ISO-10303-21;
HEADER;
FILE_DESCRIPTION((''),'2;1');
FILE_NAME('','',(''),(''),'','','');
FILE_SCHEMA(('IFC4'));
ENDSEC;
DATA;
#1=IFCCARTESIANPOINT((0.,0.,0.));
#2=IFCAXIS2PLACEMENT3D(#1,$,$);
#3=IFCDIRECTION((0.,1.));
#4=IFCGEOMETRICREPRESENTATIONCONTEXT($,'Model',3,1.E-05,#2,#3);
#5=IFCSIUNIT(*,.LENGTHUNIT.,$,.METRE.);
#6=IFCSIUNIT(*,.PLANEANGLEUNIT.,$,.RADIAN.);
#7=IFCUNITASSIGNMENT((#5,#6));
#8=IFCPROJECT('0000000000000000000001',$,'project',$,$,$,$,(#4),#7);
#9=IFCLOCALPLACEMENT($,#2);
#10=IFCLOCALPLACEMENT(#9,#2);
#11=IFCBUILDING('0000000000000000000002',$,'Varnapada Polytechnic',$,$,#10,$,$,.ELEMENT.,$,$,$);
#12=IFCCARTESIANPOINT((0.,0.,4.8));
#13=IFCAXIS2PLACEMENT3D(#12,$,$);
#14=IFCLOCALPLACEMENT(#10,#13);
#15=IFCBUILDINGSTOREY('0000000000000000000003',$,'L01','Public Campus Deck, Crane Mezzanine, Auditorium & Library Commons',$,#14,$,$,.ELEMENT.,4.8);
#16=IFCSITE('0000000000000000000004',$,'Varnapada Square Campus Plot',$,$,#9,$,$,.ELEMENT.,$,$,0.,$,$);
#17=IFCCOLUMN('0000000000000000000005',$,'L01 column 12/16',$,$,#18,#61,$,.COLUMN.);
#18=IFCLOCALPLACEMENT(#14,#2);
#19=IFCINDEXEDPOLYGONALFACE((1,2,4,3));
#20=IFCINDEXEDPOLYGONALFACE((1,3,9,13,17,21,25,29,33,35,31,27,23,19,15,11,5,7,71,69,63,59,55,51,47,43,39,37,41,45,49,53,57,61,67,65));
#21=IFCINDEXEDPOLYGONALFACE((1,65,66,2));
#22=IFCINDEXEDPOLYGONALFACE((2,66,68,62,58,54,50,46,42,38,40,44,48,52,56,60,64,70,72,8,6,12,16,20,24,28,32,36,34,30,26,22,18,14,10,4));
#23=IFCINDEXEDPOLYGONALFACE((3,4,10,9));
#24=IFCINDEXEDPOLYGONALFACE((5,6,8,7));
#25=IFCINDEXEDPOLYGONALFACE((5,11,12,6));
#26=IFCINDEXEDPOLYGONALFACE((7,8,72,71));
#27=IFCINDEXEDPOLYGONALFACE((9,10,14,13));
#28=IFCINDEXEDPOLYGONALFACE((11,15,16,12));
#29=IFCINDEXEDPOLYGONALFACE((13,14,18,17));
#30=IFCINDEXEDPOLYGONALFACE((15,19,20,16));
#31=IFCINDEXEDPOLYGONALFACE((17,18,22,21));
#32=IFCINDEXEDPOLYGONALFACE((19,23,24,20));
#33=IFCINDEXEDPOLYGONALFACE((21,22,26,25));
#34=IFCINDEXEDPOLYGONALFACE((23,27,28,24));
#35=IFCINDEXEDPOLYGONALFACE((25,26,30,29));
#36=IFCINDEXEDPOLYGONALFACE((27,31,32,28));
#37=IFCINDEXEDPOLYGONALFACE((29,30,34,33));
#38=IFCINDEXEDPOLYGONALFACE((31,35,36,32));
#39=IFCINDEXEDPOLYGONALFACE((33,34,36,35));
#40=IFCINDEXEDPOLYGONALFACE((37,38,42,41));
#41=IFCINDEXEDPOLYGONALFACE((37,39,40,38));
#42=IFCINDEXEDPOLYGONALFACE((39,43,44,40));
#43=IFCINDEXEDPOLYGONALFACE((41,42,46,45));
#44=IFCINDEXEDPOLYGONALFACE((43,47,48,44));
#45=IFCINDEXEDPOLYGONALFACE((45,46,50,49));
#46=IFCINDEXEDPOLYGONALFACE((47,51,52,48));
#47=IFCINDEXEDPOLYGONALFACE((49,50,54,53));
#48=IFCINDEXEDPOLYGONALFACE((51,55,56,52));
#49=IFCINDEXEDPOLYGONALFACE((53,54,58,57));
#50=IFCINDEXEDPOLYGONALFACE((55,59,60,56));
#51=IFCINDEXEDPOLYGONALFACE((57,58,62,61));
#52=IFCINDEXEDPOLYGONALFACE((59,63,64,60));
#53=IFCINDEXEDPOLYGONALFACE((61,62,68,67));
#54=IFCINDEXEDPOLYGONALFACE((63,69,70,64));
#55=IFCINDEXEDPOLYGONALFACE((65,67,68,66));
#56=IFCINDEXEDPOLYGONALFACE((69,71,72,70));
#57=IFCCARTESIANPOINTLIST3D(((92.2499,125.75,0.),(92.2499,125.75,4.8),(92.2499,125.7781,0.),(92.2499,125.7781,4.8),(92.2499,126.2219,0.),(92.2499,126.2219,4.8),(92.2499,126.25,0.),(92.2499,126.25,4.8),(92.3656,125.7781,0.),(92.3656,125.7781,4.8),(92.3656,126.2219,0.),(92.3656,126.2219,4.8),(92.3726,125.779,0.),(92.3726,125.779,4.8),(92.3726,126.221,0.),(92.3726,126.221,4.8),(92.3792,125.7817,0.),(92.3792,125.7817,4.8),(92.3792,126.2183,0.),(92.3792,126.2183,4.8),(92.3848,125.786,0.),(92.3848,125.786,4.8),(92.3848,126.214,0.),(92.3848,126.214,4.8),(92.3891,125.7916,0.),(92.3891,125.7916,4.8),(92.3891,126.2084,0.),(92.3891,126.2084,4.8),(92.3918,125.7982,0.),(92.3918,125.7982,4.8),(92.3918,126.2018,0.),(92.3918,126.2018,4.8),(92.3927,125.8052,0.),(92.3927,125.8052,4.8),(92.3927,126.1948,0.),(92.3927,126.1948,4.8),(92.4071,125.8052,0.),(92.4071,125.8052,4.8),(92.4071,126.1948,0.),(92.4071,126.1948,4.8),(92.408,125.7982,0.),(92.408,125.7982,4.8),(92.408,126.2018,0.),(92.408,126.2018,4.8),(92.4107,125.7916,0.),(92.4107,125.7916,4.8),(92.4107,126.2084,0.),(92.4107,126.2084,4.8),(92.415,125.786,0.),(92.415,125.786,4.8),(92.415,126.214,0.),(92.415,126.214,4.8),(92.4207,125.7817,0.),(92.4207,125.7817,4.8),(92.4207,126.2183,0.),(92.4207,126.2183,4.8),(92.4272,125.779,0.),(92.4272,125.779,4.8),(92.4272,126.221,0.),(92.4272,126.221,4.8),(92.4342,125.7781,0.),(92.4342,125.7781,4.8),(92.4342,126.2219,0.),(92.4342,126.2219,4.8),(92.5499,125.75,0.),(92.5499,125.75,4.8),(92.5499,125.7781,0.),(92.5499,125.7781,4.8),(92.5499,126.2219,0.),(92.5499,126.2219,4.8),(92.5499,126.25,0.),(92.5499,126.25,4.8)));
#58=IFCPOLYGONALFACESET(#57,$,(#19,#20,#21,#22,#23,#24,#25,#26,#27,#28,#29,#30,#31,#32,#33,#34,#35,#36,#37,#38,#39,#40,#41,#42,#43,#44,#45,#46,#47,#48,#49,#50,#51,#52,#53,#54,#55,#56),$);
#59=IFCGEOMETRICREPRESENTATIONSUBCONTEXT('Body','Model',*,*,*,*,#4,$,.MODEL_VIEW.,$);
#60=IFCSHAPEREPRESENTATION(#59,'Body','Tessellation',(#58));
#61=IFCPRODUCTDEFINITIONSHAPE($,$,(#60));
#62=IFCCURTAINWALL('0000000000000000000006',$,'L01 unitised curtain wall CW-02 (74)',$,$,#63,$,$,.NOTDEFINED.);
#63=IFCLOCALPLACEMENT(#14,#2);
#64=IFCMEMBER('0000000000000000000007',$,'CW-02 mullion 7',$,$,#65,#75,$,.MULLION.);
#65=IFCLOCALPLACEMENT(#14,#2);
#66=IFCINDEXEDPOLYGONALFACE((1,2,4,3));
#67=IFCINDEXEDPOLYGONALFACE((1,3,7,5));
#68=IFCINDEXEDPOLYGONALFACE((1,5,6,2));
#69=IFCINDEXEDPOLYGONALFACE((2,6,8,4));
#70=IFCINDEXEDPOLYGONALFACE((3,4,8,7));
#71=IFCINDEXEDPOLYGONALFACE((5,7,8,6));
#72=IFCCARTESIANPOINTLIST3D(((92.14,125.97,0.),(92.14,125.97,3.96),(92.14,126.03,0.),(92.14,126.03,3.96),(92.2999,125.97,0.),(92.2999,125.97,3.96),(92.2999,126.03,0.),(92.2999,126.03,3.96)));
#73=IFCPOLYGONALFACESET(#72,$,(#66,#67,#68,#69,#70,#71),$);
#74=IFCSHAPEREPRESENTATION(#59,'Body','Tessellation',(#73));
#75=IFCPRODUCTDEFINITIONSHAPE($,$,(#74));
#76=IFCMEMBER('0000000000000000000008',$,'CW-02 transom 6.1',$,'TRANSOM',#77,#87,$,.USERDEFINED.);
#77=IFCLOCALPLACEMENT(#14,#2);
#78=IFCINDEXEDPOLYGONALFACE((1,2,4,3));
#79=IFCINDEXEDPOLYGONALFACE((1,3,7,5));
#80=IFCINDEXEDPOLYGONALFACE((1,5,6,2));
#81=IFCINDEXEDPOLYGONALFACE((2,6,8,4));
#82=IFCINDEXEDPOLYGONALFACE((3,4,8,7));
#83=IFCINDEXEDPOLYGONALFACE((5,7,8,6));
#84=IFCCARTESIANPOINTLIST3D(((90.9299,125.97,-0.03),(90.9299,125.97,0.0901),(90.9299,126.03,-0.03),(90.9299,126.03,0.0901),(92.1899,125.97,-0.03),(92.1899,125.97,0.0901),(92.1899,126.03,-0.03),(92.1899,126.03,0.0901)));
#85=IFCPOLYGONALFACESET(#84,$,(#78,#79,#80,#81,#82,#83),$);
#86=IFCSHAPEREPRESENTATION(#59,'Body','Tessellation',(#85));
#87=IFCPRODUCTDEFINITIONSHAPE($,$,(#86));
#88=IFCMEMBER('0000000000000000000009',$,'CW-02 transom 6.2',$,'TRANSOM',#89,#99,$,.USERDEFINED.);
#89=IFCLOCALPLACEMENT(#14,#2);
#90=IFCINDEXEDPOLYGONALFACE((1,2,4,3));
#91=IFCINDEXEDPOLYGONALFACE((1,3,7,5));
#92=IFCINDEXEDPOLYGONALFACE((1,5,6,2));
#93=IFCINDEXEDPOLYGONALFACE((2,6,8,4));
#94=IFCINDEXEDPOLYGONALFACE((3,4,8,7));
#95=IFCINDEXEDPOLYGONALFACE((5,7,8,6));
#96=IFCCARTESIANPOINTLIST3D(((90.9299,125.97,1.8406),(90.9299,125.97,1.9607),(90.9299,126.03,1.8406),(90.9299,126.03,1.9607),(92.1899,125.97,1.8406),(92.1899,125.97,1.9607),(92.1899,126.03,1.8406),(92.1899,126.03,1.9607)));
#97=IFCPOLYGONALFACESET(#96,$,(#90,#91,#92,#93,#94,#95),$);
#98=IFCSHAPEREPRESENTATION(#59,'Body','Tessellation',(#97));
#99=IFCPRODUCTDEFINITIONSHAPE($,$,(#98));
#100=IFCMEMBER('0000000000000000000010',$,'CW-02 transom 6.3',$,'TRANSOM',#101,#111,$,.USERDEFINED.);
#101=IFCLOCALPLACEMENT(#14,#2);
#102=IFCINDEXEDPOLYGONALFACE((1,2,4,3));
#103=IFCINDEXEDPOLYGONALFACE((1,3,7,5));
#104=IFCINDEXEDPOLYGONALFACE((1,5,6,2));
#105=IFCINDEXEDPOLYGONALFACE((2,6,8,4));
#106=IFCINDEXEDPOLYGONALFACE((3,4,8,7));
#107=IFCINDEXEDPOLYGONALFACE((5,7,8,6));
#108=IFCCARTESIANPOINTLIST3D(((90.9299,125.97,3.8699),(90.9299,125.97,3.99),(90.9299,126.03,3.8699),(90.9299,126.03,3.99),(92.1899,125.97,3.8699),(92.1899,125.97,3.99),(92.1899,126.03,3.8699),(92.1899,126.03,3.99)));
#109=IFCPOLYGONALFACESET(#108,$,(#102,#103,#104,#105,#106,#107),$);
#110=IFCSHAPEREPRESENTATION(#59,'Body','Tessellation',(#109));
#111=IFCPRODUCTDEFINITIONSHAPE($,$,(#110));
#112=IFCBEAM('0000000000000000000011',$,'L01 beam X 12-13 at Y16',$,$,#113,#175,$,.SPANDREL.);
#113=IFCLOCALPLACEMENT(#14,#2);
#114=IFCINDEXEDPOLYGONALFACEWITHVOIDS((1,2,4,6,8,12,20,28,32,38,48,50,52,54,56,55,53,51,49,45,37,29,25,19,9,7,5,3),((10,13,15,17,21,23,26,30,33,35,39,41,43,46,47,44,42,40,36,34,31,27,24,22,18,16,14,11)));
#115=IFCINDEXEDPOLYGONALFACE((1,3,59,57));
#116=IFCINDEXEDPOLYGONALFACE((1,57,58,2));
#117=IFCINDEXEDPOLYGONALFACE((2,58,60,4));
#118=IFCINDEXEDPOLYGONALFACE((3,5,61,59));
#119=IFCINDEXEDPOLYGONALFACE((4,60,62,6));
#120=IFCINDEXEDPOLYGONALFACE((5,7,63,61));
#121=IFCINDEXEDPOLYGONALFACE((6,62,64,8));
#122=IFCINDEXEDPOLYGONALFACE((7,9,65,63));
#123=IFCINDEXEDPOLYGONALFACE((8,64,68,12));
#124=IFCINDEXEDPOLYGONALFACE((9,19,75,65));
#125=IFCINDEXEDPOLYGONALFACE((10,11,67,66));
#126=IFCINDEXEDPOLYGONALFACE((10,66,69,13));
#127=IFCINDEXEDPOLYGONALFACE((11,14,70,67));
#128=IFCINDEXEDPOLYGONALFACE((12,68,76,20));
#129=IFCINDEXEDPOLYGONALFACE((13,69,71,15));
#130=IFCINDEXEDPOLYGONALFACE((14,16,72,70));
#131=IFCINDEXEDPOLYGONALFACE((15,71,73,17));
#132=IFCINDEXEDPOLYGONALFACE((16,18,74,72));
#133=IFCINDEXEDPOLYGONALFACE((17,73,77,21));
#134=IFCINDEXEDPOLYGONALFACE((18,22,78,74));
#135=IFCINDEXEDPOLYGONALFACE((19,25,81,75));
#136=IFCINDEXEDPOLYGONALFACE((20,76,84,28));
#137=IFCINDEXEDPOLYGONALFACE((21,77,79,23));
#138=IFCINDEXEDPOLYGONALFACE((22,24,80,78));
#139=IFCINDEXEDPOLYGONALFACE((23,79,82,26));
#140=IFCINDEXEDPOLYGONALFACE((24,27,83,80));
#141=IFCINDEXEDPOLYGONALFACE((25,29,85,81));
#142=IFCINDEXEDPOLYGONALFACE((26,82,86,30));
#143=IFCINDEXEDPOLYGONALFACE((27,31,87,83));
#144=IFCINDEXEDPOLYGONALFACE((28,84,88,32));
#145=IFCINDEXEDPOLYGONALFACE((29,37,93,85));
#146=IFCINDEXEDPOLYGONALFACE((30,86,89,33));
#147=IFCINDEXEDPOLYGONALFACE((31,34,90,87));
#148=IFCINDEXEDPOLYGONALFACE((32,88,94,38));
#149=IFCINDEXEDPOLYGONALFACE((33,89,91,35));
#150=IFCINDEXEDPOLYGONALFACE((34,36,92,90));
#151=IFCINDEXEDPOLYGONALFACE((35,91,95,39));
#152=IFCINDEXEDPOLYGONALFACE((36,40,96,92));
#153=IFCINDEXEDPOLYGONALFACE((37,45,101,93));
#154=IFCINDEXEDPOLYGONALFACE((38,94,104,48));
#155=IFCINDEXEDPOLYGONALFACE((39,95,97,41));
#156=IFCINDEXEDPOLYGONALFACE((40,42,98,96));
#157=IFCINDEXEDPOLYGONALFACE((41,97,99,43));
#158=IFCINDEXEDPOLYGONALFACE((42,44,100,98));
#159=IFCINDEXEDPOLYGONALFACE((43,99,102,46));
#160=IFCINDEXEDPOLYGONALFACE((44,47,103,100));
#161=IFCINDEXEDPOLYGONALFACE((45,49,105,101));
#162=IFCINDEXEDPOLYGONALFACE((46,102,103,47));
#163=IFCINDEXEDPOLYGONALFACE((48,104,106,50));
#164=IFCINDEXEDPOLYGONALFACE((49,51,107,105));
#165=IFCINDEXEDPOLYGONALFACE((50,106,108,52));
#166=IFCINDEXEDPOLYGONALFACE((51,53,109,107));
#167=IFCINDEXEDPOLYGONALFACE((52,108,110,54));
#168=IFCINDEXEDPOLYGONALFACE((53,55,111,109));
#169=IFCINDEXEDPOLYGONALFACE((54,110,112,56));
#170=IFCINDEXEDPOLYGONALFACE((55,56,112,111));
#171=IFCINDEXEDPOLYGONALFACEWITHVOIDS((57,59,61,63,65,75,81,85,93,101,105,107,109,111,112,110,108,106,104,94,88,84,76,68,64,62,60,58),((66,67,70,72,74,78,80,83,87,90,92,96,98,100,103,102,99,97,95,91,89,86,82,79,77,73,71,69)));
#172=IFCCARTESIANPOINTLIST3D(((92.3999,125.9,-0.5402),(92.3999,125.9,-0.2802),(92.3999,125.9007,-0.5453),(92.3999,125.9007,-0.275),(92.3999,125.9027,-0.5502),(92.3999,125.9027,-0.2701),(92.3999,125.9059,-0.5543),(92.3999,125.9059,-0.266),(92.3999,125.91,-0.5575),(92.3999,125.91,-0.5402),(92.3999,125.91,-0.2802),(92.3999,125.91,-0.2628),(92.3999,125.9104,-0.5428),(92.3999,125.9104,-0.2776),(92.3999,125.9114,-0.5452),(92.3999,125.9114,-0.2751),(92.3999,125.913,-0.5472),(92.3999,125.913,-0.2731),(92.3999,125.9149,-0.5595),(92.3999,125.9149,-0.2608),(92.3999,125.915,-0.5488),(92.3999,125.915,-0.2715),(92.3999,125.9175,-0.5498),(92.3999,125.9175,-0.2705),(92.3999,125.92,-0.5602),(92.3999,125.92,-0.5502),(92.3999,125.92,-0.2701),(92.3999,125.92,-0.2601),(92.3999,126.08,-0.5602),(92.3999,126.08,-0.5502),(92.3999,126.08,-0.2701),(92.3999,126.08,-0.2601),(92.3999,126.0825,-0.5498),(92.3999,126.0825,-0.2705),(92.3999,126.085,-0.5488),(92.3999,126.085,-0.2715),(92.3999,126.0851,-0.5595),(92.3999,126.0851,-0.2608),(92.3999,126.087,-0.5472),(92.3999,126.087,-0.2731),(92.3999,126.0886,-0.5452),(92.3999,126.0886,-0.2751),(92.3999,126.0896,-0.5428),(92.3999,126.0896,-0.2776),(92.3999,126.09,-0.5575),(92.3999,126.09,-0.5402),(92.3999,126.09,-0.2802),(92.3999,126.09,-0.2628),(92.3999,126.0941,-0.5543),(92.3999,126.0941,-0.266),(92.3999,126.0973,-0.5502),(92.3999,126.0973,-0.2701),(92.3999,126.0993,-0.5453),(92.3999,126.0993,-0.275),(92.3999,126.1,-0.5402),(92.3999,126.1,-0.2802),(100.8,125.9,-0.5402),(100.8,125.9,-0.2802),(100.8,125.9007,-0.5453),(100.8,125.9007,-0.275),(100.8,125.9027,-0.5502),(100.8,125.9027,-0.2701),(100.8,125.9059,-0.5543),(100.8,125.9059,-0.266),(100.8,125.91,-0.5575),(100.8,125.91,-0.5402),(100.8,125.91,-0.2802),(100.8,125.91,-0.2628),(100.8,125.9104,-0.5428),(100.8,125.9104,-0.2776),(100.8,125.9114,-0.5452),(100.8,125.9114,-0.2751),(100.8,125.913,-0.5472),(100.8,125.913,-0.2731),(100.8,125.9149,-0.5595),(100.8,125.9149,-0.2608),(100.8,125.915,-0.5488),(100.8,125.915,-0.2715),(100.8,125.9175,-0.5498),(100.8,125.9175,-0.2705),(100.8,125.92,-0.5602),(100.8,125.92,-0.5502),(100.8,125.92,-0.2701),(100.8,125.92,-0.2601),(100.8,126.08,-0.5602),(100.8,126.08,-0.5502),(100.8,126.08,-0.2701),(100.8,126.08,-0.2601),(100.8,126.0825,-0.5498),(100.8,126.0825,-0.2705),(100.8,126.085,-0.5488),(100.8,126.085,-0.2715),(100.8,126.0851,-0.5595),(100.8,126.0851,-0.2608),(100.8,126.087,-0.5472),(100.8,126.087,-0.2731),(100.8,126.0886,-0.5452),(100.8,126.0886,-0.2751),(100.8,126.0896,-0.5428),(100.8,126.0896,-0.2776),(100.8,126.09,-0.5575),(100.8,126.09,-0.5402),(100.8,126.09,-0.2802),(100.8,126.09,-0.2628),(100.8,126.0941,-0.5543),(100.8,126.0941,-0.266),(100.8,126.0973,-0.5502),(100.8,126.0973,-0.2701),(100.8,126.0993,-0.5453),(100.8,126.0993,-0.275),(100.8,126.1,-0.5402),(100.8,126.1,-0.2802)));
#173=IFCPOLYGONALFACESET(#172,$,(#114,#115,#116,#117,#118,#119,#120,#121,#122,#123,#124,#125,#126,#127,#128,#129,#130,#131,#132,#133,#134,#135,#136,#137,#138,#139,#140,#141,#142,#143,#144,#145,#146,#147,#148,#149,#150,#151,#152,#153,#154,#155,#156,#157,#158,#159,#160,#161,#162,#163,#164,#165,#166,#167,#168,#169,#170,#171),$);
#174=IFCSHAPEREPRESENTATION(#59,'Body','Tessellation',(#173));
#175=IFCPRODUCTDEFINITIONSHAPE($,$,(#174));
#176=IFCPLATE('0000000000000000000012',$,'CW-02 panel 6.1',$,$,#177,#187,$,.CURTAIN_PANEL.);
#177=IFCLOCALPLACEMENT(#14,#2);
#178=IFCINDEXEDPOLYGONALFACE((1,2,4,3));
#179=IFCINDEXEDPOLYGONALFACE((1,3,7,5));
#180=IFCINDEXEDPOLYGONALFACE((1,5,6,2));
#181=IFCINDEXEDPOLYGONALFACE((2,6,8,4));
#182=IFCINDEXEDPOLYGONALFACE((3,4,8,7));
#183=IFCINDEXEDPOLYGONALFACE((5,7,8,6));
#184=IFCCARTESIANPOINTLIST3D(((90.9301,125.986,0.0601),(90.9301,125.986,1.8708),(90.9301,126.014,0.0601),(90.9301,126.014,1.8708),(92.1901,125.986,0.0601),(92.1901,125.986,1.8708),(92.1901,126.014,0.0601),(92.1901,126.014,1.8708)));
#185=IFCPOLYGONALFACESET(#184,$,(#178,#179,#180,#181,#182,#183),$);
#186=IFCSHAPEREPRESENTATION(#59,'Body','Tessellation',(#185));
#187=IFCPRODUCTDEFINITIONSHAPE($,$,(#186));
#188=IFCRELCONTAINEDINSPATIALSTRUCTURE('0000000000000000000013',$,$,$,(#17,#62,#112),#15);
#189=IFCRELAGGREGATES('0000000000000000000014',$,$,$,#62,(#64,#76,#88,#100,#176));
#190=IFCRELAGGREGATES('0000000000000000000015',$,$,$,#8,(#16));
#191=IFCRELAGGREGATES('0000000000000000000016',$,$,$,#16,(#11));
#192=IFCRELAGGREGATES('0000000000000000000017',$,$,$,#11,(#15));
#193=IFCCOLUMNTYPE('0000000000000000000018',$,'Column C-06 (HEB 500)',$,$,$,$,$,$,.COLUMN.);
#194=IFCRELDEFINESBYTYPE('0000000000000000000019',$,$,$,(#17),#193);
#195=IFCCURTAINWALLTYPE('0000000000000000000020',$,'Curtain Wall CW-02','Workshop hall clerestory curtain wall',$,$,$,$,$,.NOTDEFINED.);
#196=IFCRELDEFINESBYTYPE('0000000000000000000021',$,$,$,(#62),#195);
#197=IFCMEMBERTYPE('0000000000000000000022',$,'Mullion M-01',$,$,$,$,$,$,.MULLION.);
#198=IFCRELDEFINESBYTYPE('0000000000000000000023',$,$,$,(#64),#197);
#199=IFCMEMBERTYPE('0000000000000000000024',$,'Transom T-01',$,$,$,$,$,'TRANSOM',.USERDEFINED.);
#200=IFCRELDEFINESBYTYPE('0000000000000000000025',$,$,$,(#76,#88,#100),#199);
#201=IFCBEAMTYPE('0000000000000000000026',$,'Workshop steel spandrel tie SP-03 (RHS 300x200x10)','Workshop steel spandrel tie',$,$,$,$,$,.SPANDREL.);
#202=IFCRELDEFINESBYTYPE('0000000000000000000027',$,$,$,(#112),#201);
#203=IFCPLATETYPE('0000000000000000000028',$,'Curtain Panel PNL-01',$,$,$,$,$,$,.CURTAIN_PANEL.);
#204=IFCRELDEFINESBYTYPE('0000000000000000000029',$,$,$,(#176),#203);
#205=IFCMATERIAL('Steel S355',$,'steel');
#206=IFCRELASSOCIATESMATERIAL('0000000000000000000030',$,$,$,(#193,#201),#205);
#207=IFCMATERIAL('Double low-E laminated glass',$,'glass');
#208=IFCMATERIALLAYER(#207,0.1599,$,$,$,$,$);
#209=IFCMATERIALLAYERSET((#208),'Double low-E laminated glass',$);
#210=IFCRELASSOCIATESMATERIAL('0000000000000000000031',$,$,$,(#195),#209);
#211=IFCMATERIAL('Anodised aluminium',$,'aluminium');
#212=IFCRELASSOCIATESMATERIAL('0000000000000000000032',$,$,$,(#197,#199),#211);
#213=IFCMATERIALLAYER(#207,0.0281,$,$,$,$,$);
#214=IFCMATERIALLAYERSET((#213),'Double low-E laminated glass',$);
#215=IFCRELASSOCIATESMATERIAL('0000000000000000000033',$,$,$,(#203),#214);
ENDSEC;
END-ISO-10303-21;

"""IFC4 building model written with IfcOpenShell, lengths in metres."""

from ifc_helpers import new_model, si_unit, direction, frame, origin, origin_2d, place, context, subcontext, project, spatial, rectangle, hollow_rectangle, i_section, extrude, material, layer, layer_set, material_profile, profile_set, type_object, element, aggregate, save


model = new_model("IFC4")

# Units and contexts
model_context = context("Model", 3, precision=1e-05, world=origin(), true_north=direction((0.0, 1.0)))
body_context = subcontext(model_context, "Body", "Model", "MODEL_VIEW")
ifc_project = project(units=[si_unit("LENGTHUNIT", "METRE"), si_unit("PLANEANGLEUNIT", "RADIAN")], contexts=[model_context])

# Site, building, storey
site_placement = place(None, origin())
site = spatial("IfcSite", under=ifc_project, at=site_placement, Name="Varnapada Square Campus Plot", CompositionType="ELEMENT", RefElevation=0.0)
building_placement = place(site_placement, origin())
building = spatial("IfcBuilding", under=site, at=building_placement, Name="Varnapada Polytechnic", CompositionType="ELEMENT")
storey_placement = place(building_placement, frame((0.0, 0.0, 4.8)))
storey = spatial("IfcBuildingStorey", under=building, at=storey_placement, Name="L01", Description="Public Campus Deck, Crane Mezzanine, Auditorium & Library Commons", CompositionType="ELEMENT", Elevation=4.8)

# Column
ifc_material_1 = material(Name="Steel S355", Category="steel")
ifc_material_profile_1 = material_profile(ifc_material_1, i_section(OverallWidth=0.3, OverallDepth=0.5, WebThickness=0.0144, FlangeThickness=0.0281, FilletRadius=0.0271, at=origin_2d()), Name="HEB 500")
ifc_profile_set_1 = profile_set([ifc_material_profile_1], Name="Steel S355")
column_type = type_object("IfcColumnType", Name="Column C-06 (HEB 500)", PredefinedType="COLUMN", material=ifc_profile_set_1)
column_placement = place(storey_placement, frame((92.3999, 126.0, 0.0), z_axis=(0.0, 0.0, 1.0), x_axis=(1.0, 0.0, 0.0)))
element("IfcColumn", 1, at=column_placement, inside=storey, type_object=column_type, Name="L01 column 12/16", PredefinedType="COLUMN", context=body_context, shape_type="SweptSolid", body=[
    extrude(i_section(OverallWidth=0.3, OverallDepth=0.5, WebThickness=0.0144, FlangeThickness=0.0281, FilletRadius=0.0271, at=origin_2d()), origin(), (0.0, 0.0, 1.0), 4.8),
])

# Curtain wall, members
ifc_material_2 = material(Name="Double low-E laminated glass", Category="glass")
ifc_layer_1 = layer(ifc_material_2, 0.1599)
ifc_layer_set_1 = layer_set([ifc_layer_1], Name="Double low-E laminated glass")
curtain_wall_type = type_object("IfcCurtainWallType", Name="Curtain Wall CW-02", Description="Workshop hall clerestory curtain wall", PredefinedType="NOTDEFINED", material=ifc_layer_set_1)
curtain_wall_placement = place(storey_placement, origin())
curtain_wall = element("IfcCurtainWall", 2, at=curtain_wall_placement, inside=storey, type_object=curtain_wall_type, Name="L01 unitised curtain wall CW-02 (74)", PredefinedType="NOTDEFINED")
ifc_material_3 = material(Name="Anodised aluminium", Category="aluminium")
ifc_material_profile_2 = material_profile(ifc_material_3, rectangle(XDim=0.0601, YDim=0.1599, at=origin_2d()), Name="ALU M60x160")
ifc_profile_set_2 = profile_set([ifc_material_profile_2], Name="Anodised aluminium")
member_type_1 = type_object("IfcMemberType", Name="Mullion M-01", PredefinedType="MULLION", material=ifc_profile_set_2)
member_1_placement = place(storey_placement, frame((92.22, 126.0, 0.0), z_axis=(0.0, 0.0, 1.0), x_axis=(0.0, 1.0, 0.0)))
member_1 = element("IfcMember", 3, at=member_1_placement, type_object=member_type_1, Name="CW-02 mullion 7", PredefinedType="MULLION", context=body_context, shape_type="SweptSolid", body=[
    extrude(rectangle(XDim=0.0601, YDim=0.1599, at=origin_2d()), origin(), (0.0, 0.0, 1.0), 3.96),
])
ifc_material_profile_3 = material_profile(ifc_material_3, rectangle(XDim=0.0601, YDim=0.1201, at=origin_2d()), Name="ALU T60x120")
ifc_profile_set_3 = profile_set([ifc_material_profile_3], Name="Anodised aluminium")
member_type_2 = type_object("IfcMemberType", Name="Transom T-01", ElementType="TRANSOM", PredefinedType="USERDEFINED", material=ifc_profile_set_3)
member_2_placement = place(storey_placement, frame((90.9299, 126.0, 0.03), z_axis=(1.0, 0.0, 0.0), x_axis=(0.0, 1.0, 0.0)))
member_2 = element("IfcMember", 4, at=member_2_placement, type_object=member_type_2, Name="CW-02 transom 6.1", ObjectType="TRANSOM", PredefinedType="USERDEFINED", context=body_context, shape_type="SweptSolid", body=[
    extrude(rectangle(XDim=0.0601, YDim=0.1201, at=origin_2d()), origin(), (0.0, 0.0, 1.0), 1.26),
])
member_3_placement = place(storey_placement, frame((90.9299, 126.0, 1.9006), z_axis=(1.0, 0.0, 0.0), x_axis=(0.0, 1.0, 0.0)))
member_3 = element("IfcMember", 5, at=member_3_placement, type_object=member_type_2, Name="CW-02 transom 6.2", ObjectType="TRANSOM", PredefinedType="USERDEFINED", context=body_context, shape_type="SweptSolid", body=[
    extrude(rectangle(XDim=0.0601, YDim=0.1201, at=origin_2d()), origin(), (0.0, 0.0, 1.0), 1.26),
])
member_4_placement = place(storey_placement, frame((90.9299, 126.0, 3.9299), z_axis=(1.0, 0.0, 0.0), x_axis=(0.0, 1.0, 0.0)))
member_4 = element("IfcMember", 6, at=member_4_placement, type_object=member_type_2, Name="CW-02 transom 6.3", ObjectType="TRANSOM", PredefinedType="USERDEFINED", context=body_context, shape_type="SweptSolid", body=[
    extrude(rectangle(XDim=0.0601, YDim=0.1201, at=origin_2d()), origin(), (0.0, 0.0, 1.0), 1.26),
])

# Beam
ifc_material_profile_4 = material_profile(ifc_material_1, hollow_rectangle(XDim=0.2, YDim=0.3, WallThickness=0.01, InnerFilletRadius=0.01, OuterFilletRadius=0.02, at=origin_2d()), Name="RHS 300x200x10")
ifc_profile_set_4 = profile_set([ifc_material_profile_4], Name="Steel S355")
beam_type = type_object("IfcBeamType", Name="Workshop steel spandrel tie SP-03 (RHS 300x200x10)", Description="Workshop steel spandrel tie", PredefinedType="SPANDREL", material=ifc_profile_set_4)
beam_placement = place(storey_placement, frame((92.3999, 126.0, -0.4102), z_axis=(1.0, 0.0, 0.0), x_axis=(0.0, 1.0, 0.0)))
element("IfcBeam", 7, at=beam_placement, inside=storey, type_object=beam_type, Name="L01 beam X 12-13 at Y16", PredefinedType="SPANDREL", context=body_context, shape_type="SweptSolid", body=[
    extrude(hollow_rectangle(XDim=0.2, YDim=0.3, WallThickness=0.01, InnerFilletRadius=0.01, OuterFilletRadius=0.02, at=origin_2d()), origin(), (0.0, 0.0, 1.0), 8.4001),
])

# Plate
ifc_layer_2 = layer(ifc_material_2, 0.0281)
ifc_layer_set_2 = layer_set([ifc_layer_2], Name="Double low-E laminated glass")
plate_type_1 = type_object("IfcPlateType", Name="Curtain Panel PNL-01", PredefinedType="CURTAIN_PANEL", material=ifc_layer_set_2)
plate_1_placement = place(storey_placement, frame((91.5601, 126.0, 0.0601), z_axis=(0.0, 0.0, 1.0), x_axis=(1.0, 0.0, 0.0)))
plate_1 = element("IfcPlate", 8, at=plate_1_placement, type_object=plate_type_1, Name="CW-02 panel 6.1", PredefinedType="CURTAIN_PANEL", context=body_context, shape_type="SweptSolid", body=[
    extrude(rectangle(XDim=1.26, YDim=0.0281, at=origin_2d()), origin(), (0.0, 0.0, 1.0), 1.8108),
])
aggregate(curtain_wall, [member_1, member_2, member_3, member_4, plate_1])

save(model, "model.ifc")
